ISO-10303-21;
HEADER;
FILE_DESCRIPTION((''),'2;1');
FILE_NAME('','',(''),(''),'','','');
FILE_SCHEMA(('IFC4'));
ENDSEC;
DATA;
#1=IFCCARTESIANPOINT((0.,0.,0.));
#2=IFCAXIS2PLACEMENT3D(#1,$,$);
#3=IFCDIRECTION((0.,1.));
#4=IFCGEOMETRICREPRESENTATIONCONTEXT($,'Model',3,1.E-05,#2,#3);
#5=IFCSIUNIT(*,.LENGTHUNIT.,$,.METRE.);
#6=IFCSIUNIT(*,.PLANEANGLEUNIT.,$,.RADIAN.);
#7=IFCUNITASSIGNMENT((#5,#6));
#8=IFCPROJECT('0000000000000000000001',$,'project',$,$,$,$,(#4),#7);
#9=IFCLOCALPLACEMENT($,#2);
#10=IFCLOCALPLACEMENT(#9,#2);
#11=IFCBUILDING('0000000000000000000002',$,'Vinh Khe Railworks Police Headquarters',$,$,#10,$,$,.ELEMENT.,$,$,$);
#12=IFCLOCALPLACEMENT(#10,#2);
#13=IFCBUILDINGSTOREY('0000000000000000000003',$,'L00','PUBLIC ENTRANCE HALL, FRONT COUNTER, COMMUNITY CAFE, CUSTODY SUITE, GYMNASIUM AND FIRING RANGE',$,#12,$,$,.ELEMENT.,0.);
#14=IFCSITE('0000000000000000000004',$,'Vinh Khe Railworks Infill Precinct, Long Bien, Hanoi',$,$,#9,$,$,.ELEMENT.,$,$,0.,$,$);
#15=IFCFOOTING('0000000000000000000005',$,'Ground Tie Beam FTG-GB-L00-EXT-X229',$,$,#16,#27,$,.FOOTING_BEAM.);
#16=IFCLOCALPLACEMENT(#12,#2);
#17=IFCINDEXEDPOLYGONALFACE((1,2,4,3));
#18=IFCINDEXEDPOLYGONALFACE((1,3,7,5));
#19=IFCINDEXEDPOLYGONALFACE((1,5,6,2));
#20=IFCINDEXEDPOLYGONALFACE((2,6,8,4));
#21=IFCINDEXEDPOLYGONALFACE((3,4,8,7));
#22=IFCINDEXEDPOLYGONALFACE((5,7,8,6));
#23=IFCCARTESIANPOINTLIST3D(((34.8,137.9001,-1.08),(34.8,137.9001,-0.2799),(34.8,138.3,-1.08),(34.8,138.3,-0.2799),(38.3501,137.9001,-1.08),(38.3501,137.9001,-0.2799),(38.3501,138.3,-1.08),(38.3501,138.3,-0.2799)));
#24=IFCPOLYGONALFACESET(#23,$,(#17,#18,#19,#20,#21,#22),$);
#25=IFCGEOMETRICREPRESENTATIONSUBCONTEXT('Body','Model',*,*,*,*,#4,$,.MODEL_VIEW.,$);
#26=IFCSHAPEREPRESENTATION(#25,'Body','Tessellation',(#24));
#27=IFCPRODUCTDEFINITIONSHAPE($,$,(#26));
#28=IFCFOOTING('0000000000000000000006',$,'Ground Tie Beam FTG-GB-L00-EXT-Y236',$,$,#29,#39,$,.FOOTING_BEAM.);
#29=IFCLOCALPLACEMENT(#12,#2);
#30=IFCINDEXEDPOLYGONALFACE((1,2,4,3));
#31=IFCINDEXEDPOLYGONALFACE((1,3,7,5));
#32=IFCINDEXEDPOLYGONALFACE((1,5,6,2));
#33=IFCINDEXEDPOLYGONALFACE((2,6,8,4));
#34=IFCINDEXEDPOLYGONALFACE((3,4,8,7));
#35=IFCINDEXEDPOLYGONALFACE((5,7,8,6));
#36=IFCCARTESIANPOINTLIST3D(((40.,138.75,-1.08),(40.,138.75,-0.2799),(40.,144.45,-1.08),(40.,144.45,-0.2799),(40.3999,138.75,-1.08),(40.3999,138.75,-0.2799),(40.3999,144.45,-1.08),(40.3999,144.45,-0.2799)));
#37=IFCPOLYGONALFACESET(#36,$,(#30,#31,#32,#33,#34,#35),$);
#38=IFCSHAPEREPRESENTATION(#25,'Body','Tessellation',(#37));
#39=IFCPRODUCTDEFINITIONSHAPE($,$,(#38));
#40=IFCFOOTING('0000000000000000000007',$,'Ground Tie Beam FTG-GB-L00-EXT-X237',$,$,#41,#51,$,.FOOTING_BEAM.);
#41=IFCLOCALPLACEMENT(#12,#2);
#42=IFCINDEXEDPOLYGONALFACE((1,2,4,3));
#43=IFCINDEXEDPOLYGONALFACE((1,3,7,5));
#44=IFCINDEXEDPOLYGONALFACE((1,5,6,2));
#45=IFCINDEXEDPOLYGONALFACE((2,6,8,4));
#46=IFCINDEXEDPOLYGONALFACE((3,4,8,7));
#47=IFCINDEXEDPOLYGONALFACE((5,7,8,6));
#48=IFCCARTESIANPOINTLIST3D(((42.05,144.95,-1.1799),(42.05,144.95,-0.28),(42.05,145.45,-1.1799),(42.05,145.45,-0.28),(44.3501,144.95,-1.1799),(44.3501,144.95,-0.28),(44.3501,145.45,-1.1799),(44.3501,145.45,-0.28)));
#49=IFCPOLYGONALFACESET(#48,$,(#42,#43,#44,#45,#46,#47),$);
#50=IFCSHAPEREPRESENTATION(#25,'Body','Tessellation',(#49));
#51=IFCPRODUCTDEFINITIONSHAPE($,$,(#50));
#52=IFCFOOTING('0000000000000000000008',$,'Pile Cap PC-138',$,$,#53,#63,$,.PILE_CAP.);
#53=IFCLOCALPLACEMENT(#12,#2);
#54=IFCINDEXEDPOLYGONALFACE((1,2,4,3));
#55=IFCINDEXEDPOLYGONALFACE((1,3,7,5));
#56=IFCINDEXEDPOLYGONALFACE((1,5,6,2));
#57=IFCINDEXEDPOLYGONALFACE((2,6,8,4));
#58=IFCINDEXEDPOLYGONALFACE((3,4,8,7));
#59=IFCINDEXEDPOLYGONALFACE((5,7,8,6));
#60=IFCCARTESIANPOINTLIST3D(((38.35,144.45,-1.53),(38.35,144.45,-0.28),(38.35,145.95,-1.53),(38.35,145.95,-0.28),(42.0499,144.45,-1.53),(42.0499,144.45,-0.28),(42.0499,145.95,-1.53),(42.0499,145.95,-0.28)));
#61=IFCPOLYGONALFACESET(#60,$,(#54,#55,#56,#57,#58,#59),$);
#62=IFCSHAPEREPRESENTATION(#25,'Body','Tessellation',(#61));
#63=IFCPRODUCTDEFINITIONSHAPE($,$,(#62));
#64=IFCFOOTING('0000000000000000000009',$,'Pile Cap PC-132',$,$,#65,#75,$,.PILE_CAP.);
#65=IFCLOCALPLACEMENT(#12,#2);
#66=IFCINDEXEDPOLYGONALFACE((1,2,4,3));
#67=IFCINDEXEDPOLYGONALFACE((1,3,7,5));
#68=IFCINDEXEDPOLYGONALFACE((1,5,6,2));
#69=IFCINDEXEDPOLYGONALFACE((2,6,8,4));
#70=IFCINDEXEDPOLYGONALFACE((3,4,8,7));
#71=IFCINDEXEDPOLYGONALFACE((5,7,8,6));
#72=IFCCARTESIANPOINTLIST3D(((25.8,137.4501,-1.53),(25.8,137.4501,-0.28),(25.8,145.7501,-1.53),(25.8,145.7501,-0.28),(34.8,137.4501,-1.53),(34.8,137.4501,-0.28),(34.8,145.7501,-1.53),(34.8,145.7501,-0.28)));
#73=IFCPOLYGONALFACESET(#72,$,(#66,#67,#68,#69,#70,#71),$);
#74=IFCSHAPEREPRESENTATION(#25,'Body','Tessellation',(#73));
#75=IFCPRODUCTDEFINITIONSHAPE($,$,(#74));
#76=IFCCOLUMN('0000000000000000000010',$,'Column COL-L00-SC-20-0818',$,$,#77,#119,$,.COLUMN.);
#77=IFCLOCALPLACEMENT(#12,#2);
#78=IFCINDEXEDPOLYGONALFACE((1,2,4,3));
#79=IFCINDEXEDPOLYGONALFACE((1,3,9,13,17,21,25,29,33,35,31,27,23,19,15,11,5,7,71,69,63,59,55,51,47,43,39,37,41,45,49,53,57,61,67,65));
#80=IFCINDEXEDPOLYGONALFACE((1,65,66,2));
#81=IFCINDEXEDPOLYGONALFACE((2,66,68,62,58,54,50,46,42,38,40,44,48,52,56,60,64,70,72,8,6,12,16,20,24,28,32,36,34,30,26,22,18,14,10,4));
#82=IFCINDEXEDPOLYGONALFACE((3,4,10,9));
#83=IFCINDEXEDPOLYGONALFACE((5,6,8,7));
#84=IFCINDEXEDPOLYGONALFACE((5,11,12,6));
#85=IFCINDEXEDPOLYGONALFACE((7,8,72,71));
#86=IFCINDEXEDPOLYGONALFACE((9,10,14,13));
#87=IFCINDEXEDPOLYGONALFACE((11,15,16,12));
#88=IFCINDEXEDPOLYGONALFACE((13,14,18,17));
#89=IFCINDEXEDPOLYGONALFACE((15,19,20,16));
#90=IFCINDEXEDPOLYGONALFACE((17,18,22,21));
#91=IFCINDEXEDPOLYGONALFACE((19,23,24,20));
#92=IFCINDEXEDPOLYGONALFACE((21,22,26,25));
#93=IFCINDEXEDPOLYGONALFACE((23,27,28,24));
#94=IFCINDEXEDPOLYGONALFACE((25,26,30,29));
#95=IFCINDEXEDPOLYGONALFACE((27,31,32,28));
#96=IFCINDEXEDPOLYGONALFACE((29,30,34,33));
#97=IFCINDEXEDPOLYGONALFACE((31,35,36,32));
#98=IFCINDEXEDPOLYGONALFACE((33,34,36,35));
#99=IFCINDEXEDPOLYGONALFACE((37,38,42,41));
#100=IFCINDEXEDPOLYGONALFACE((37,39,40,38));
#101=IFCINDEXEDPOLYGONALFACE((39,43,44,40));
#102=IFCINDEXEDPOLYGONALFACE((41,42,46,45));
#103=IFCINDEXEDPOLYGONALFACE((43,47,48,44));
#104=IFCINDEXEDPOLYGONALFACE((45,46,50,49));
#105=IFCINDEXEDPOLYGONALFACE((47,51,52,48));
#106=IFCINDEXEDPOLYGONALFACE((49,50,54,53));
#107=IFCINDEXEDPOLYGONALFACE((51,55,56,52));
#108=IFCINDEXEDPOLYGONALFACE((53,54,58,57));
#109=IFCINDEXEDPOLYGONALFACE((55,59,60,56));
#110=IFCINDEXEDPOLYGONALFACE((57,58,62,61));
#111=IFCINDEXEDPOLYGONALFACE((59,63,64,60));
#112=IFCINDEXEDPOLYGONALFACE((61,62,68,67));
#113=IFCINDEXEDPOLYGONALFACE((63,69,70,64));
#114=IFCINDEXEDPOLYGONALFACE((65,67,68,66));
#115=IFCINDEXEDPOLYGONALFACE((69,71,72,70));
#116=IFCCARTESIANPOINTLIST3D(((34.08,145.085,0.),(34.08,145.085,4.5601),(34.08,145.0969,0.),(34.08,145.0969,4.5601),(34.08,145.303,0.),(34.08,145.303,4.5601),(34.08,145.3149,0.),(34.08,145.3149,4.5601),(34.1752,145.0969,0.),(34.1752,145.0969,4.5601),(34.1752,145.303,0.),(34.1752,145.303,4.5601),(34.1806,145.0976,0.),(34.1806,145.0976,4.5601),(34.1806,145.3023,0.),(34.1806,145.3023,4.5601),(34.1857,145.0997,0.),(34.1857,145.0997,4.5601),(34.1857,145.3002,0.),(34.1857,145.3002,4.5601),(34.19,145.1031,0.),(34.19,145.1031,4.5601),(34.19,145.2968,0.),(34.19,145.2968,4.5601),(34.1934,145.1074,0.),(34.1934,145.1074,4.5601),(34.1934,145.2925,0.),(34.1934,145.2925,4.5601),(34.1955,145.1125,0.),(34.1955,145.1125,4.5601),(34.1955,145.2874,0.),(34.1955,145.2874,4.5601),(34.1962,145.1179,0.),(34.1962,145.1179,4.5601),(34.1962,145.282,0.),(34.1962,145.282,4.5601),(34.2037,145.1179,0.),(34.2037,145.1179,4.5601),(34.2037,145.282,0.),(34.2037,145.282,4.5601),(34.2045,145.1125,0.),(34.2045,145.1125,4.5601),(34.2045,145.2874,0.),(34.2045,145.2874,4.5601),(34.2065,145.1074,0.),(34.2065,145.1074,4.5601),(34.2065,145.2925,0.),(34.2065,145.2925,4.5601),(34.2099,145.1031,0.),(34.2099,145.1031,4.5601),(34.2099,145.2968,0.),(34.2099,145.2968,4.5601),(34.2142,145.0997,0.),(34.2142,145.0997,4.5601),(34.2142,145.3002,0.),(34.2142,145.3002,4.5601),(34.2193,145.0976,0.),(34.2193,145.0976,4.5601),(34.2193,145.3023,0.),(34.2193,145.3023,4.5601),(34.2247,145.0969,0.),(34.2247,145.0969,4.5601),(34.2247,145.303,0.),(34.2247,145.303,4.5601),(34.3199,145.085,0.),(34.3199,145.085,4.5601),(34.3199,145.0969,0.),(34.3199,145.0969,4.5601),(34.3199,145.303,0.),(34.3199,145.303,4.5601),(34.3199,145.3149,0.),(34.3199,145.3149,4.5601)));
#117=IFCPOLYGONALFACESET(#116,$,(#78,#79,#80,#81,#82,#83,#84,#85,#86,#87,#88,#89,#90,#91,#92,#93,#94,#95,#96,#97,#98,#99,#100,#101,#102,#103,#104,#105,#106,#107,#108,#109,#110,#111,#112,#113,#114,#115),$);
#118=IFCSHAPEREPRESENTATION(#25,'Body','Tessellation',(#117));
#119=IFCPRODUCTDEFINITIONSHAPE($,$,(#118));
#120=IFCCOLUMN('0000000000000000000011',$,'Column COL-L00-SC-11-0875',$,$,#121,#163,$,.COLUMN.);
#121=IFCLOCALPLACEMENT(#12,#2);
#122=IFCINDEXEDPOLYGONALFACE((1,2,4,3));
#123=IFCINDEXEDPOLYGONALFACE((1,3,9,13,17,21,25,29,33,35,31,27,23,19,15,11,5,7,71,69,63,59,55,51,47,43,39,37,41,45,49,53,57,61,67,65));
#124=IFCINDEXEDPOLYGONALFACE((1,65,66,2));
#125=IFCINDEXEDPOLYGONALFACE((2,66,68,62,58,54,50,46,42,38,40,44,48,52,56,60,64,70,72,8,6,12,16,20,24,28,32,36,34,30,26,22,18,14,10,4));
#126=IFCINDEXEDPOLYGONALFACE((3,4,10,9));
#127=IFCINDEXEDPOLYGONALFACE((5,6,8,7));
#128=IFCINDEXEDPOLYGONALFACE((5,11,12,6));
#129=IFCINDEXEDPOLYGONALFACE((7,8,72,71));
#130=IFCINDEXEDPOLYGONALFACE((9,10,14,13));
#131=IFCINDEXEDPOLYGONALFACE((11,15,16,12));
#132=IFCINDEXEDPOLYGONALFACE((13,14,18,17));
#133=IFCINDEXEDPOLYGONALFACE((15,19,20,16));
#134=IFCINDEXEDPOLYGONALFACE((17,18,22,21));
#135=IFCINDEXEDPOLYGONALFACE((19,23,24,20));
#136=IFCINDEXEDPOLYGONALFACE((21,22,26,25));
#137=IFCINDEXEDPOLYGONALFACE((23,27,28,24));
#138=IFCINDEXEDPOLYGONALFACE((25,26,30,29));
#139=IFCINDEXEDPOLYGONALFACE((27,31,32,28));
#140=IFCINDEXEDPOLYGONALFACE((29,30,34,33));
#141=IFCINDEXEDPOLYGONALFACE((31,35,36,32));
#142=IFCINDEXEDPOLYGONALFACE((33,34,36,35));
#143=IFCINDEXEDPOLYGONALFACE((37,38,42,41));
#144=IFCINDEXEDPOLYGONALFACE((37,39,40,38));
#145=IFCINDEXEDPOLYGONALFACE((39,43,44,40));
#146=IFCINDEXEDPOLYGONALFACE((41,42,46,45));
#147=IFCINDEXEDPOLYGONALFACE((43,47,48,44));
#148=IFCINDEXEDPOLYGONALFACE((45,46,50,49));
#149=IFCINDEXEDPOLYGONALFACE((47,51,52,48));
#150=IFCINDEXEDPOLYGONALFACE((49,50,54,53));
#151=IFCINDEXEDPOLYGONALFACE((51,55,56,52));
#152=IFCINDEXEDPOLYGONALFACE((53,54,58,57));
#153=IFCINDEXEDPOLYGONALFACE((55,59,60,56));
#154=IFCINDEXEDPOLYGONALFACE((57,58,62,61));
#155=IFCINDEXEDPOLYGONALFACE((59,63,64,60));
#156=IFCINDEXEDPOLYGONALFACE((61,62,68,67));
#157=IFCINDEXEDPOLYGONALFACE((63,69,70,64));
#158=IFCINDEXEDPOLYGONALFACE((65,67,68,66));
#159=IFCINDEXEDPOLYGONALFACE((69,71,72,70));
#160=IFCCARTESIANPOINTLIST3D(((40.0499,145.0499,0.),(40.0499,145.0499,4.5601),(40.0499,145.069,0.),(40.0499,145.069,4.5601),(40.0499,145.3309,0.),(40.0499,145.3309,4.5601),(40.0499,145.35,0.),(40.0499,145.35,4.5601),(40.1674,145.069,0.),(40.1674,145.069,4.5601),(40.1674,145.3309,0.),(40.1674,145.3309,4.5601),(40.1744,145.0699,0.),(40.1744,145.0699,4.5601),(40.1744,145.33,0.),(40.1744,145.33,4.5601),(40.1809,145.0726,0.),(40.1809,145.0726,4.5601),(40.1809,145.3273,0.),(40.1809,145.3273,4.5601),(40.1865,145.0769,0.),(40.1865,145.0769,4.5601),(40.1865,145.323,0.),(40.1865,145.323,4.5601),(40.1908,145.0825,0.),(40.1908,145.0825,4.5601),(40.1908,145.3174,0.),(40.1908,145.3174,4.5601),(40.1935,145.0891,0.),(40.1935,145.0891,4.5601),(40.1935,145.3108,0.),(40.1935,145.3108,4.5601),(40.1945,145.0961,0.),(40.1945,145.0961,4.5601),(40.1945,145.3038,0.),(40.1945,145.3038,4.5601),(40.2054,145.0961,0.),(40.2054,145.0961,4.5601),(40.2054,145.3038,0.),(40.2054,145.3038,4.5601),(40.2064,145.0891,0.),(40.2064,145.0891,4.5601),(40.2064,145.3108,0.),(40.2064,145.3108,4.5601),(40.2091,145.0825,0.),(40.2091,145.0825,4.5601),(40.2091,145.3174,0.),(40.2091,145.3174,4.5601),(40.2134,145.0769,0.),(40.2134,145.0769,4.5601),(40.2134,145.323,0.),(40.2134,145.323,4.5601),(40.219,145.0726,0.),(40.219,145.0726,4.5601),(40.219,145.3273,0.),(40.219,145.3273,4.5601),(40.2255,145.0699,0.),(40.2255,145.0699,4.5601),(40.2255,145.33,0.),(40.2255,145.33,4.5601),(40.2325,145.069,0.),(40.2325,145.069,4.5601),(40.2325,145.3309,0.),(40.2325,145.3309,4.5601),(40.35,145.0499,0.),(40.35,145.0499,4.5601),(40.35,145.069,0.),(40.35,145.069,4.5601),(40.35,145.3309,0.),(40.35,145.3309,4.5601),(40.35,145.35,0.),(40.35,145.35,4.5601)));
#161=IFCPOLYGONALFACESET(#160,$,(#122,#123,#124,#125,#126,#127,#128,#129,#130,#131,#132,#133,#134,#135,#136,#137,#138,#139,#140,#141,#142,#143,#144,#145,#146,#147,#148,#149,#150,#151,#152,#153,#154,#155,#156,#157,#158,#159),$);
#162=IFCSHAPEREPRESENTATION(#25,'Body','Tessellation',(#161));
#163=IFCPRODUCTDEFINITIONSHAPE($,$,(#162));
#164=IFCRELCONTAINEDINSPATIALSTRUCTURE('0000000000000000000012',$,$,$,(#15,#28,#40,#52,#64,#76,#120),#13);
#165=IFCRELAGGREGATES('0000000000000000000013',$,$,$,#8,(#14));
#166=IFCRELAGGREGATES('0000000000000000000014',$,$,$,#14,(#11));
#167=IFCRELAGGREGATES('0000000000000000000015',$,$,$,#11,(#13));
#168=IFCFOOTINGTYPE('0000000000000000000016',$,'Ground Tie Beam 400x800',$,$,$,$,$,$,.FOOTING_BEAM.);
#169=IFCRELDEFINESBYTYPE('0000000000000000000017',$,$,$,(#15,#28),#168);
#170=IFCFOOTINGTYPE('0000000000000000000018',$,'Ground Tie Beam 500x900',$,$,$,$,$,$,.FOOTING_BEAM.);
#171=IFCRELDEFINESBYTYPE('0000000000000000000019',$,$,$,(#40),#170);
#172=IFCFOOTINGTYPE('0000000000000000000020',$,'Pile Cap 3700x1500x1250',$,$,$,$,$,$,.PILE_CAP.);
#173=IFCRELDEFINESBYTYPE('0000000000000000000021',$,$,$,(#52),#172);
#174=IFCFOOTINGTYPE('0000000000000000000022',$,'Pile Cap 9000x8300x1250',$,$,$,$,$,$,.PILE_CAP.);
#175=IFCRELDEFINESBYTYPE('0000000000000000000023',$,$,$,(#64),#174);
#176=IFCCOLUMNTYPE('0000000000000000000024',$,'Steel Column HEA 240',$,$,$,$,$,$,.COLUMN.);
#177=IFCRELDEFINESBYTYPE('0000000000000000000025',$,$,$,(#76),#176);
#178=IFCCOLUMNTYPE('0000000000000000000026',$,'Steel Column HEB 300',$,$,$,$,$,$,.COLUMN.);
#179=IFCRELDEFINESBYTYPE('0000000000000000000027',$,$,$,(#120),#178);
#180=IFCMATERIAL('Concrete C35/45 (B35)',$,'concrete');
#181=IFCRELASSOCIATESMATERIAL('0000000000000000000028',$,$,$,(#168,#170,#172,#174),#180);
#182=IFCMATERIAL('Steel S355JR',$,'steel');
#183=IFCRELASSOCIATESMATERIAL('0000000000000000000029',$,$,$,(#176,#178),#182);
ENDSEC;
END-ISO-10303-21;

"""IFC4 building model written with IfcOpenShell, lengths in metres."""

from ifc_helpers import new_model, si_unit, direction, frame, origin, origin_2d, place, context, subcontext, project, spatial, rectangle, i_section, extrude, material, material_profile, profile_set, type_object, element, save


model = new_model("IFC4")

# Units and contexts
model_context = context("Model", 3, precision=1e-05, world=origin(), true_north=direction((0.0, 1.0)))
body_context = subcontext(model_context, "Body", "Model", "MODEL_VIEW")
ifc_project = project(units=[si_unit("LENGTHUNIT", "METRE"), si_unit("PLANEANGLEUNIT", "RADIAN")], contexts=[model_context])

# Site, building, storey
site_placement = place(None, origin())
site = spatial("IfcSite", under=ifc_project, at=site_placement, Name="Vinh Khe Railworks Infill Precinct, Long Bien, Hanoi", CompositionType="ELEMENT", RefElevation=0.0)
building_placement = place(site_placement, origin())
building = spatial("IfcBuilding", under=site, at=building_placement, Name="Vinh Khe Railworks Police Headquarters", CompositionType="ELEMENT")
storey_placement = place(building_placement, origin())
storey = spatial("IfcBuildingStorey", under=building, at=storey_placement, Name="L00", Description="PUBLIC ENTRANCE HALL, FRONT COUNTER, COMMUNITY CAFE, CUSTODY SUITE, GYMNASIUM AND FIRING RANGE", CompositionType="ELEMENT", Elevation=0.0)

# Shared definitions
ifc_material_1 = material(Name="Concrete C35/45 (B35)", Category="concrete")

# Footings
ifc_material_profile_1 = material_profile(ifc_material_1, rectangle(XDim=0.3999, YDim=0.8, at=origin_2d()), Name="RC 400x800")
ifc_profile_set_1 = profile_set([ifc_material_profile_1], Name="Concrete C35/45 (B35)")
footing_type_1 = type_object("IfcFootingType", Name="Ground Tie Beam 400x800", PredefinedType="FOOTING_BEAM", material=ifc_profile_set_1)
footing_1_placement = place(storey_placement, frame((34.8, 138.1001, -0.6799), z_axis=(1.0, 0.0, 0.0), x_axis=(0.0, 1.0, 0.0)))
element("IfcFooting", 1, at=footing_1_placement, inside=storey, type_object=footing_type_1, Name="Ground Tie Beam FTG-GB-L00-EXT-X229", PredefinedType="FOOTING_BEAM", context=body_context, shape_type="SweptSolid", body=[
    extrude(rectangle(XDim=0.3999, YDim=0.8, at=origin_2d()), origin(), (0.0, 0.0, 1.0), 3.55),
])
footing_2_placement = place(storey_placement, frame((40.2, 138.75, -0.6799), z_axis=(0.0, 1.0, 0.0), x_axis=(-1.0, 0.0, 0.0)))
element("IfcFooting", 2, at=footing_2_placement, inside=storey, type_object=footing_type_1, Name="Ground Tie Beam FTG-GB-L00-EXT-Y236", PredefinedType="FOOTING_BEAM", context=body_context, shape_type="SweptSolid", body=[
    extrude(rectangle(XDim=0.3999, YDim=0.8, at=origin_2d()), origin(), (0.0, 0.0, 1.0), 5.7),
])
ifc_material_profile_2 = material_profile(ifc_material_1, rectangle(XDim=0.5, YDim=0.8999, at=origin_2d()), Name="RC 500x900")
ifc_profile_set_2 = profile_set([ifc_material_profile_2], Name="Concrete C35/45 (B35)")
footing_type_2 = type_object("IfcFootingType", Name="Ground Tie Beam 500x900", PredefinedType="FOOTING_BEAM", material=ifc_profile_set_2)
footing_3_placement = place(storey_placement, frame((42.05, 145.2, -0.73), z_axis=(1.0, 0.0, 0.0), x_axis=(0.0, 1.0, 0.0)))
element("IfcFooting", 3, at=footing_3_placement, inside=storey, type_object=footing_type_2, Name="Ground Tie Beam FTG-GB-L00-EXT-X237", PredefinedType="FOOTING_BEAM", context=body_context, shape_type="SweptSolid", body=[
    extrude(rectangle(XDim=0.5, YDim=0.8999, at=origin_2d()), origin(), (0.0, 0.0, 1.0), 2.3),
])
footing_type_3 = type_object("IfcFootingType", Name="Pile Cap 3700x1500x1250", PredefinedType="PILE_CAP", material=ifc_material_1)
footing_4_placement = place(storey_placement, frame((40.2, 145.2, -1.53), z_axis=(0.0, 0.0, 1.0), x_axis=(1.0, 0.0, 0.0)))
element("IfcFooting", 4, at=footing_4_placement, inside=storey, type_object=footing_type_3, Name="Pile Cap PC-138", PredefinedType="PILE_CAP", context=body_context, shape_type="SweptSolid", body=[
    extrude(rectangle(XDim=3.7, YDim=1.5, at=origin_2d()), origin(), (0.0, 0.0, 1.0), 1.25),
])
footing_type_4 = type_object("IfcFootingType", Name="Pile Cap 9000x8300x1250", PredefinedType="PILE_CAP", material=ifc_material_1)
footing_5_placement = place(storey_placement, frame((30.3, 141.6001, -1.53), z_axis=(0.0, 0.0, 1.0), x_axis=(1.0, 0.0, 0.0)))
element("IfcFooting", 5, at=footing_5_placement, inside=storey, type_object=footing_type_4, Name="Pile Cap PC-132", PredefinedType="PILE_CAP", context=body_context, shape_type="SweptSolid", body=[
    extrude(rectangle(XDim=9.0, YDim=8.3, at=origin_2d()), origin(), (0.0, 0.0, 1.0), 1.25),
])

# Columns
ifc_material_2 = material(Name="Steel S355JR", Category="steel")
ifc_material_profile_3 = material_profile(ifc_material_2, i_section(OverallWidth=0.24, OverallDepth=0.23, WebThickness=0.0076, FlangeThickness=0.012, FilletRadius=0.021, at=origin_2d()), Name="HEA 240")
ifc_profile_set_3 = profile_set([ifc_material_profile_3], Name="Steel S355JR")
column_type_1 = type_object("IfcColumnType", Name="Steel Column HEA 240", PredefinedType="COLUMN", material=ifc_profile_set_3)
column_1_placement = place(storey_placement, frame((34.2, 145.2, 0.0), z_axis=(0.0, 0.0, 1.0), x_axis=(1.0, 0.0, 0.0)))
element("IfcColumn", 6, at=column_1_placement, inside=storey, type_object=column_type_1, Name="Column COL-L00-SC-20-0818", PredefinedType="COLUMN", context=body_context, shape_type="SweptSolid", body=[
    extrude(i_section(OverallWidth=0.24, OverallDepth=0.23, WebThickness=0.0076, FlangeThickness=0.012, FilletRadius=0.021, at=origin_2d()), origin(), (0.0, 0.0, 1.0), 4.5601),
])
ifc_material_profile_4 = material_profile(ifc_material_2, i_section(OverallWidth=0.3, OverallDepth=0.3, WebThickness=0.011, FlangeThickness=0.019, FilletRadius=0.0271, at=origin_2d()), Name="HEB 300")
ifc_profile_set_4 = profile_set([ifc_material_profile_4], Name="Steel S355JR")
column_type_2 = type_object("IfcColumnType", Name="Steel Column HEB 300", PredefinedType="COLUMN", material=ifc_profile_set_4)
column_2_placement = place(storey_placement, frame((40.2, 145.2, 0.0), z_axis=(0.0, 0.0, 1.0), x_axis=(1.0, 0.0, 0.0)))
element("IfcColumn", 7, at=column_2_placement, inside=storey, type_object=column_type_2, Name="Column COL-L00-SC-11-0875", PredefinedType="COLUMN", context=body_context, shape_type="SweptSolid", body=[
    extrude(i_section(OverallWidth=0.3, OverallDepth=0.3, WebThickness=0.011, FlangeThickness=0.019, FilletRadius=0.0271, at=origin_2d()), origin(), (0.0, 0.0, 1.0), 4.5601),
])

save(model, "model.ifc")
